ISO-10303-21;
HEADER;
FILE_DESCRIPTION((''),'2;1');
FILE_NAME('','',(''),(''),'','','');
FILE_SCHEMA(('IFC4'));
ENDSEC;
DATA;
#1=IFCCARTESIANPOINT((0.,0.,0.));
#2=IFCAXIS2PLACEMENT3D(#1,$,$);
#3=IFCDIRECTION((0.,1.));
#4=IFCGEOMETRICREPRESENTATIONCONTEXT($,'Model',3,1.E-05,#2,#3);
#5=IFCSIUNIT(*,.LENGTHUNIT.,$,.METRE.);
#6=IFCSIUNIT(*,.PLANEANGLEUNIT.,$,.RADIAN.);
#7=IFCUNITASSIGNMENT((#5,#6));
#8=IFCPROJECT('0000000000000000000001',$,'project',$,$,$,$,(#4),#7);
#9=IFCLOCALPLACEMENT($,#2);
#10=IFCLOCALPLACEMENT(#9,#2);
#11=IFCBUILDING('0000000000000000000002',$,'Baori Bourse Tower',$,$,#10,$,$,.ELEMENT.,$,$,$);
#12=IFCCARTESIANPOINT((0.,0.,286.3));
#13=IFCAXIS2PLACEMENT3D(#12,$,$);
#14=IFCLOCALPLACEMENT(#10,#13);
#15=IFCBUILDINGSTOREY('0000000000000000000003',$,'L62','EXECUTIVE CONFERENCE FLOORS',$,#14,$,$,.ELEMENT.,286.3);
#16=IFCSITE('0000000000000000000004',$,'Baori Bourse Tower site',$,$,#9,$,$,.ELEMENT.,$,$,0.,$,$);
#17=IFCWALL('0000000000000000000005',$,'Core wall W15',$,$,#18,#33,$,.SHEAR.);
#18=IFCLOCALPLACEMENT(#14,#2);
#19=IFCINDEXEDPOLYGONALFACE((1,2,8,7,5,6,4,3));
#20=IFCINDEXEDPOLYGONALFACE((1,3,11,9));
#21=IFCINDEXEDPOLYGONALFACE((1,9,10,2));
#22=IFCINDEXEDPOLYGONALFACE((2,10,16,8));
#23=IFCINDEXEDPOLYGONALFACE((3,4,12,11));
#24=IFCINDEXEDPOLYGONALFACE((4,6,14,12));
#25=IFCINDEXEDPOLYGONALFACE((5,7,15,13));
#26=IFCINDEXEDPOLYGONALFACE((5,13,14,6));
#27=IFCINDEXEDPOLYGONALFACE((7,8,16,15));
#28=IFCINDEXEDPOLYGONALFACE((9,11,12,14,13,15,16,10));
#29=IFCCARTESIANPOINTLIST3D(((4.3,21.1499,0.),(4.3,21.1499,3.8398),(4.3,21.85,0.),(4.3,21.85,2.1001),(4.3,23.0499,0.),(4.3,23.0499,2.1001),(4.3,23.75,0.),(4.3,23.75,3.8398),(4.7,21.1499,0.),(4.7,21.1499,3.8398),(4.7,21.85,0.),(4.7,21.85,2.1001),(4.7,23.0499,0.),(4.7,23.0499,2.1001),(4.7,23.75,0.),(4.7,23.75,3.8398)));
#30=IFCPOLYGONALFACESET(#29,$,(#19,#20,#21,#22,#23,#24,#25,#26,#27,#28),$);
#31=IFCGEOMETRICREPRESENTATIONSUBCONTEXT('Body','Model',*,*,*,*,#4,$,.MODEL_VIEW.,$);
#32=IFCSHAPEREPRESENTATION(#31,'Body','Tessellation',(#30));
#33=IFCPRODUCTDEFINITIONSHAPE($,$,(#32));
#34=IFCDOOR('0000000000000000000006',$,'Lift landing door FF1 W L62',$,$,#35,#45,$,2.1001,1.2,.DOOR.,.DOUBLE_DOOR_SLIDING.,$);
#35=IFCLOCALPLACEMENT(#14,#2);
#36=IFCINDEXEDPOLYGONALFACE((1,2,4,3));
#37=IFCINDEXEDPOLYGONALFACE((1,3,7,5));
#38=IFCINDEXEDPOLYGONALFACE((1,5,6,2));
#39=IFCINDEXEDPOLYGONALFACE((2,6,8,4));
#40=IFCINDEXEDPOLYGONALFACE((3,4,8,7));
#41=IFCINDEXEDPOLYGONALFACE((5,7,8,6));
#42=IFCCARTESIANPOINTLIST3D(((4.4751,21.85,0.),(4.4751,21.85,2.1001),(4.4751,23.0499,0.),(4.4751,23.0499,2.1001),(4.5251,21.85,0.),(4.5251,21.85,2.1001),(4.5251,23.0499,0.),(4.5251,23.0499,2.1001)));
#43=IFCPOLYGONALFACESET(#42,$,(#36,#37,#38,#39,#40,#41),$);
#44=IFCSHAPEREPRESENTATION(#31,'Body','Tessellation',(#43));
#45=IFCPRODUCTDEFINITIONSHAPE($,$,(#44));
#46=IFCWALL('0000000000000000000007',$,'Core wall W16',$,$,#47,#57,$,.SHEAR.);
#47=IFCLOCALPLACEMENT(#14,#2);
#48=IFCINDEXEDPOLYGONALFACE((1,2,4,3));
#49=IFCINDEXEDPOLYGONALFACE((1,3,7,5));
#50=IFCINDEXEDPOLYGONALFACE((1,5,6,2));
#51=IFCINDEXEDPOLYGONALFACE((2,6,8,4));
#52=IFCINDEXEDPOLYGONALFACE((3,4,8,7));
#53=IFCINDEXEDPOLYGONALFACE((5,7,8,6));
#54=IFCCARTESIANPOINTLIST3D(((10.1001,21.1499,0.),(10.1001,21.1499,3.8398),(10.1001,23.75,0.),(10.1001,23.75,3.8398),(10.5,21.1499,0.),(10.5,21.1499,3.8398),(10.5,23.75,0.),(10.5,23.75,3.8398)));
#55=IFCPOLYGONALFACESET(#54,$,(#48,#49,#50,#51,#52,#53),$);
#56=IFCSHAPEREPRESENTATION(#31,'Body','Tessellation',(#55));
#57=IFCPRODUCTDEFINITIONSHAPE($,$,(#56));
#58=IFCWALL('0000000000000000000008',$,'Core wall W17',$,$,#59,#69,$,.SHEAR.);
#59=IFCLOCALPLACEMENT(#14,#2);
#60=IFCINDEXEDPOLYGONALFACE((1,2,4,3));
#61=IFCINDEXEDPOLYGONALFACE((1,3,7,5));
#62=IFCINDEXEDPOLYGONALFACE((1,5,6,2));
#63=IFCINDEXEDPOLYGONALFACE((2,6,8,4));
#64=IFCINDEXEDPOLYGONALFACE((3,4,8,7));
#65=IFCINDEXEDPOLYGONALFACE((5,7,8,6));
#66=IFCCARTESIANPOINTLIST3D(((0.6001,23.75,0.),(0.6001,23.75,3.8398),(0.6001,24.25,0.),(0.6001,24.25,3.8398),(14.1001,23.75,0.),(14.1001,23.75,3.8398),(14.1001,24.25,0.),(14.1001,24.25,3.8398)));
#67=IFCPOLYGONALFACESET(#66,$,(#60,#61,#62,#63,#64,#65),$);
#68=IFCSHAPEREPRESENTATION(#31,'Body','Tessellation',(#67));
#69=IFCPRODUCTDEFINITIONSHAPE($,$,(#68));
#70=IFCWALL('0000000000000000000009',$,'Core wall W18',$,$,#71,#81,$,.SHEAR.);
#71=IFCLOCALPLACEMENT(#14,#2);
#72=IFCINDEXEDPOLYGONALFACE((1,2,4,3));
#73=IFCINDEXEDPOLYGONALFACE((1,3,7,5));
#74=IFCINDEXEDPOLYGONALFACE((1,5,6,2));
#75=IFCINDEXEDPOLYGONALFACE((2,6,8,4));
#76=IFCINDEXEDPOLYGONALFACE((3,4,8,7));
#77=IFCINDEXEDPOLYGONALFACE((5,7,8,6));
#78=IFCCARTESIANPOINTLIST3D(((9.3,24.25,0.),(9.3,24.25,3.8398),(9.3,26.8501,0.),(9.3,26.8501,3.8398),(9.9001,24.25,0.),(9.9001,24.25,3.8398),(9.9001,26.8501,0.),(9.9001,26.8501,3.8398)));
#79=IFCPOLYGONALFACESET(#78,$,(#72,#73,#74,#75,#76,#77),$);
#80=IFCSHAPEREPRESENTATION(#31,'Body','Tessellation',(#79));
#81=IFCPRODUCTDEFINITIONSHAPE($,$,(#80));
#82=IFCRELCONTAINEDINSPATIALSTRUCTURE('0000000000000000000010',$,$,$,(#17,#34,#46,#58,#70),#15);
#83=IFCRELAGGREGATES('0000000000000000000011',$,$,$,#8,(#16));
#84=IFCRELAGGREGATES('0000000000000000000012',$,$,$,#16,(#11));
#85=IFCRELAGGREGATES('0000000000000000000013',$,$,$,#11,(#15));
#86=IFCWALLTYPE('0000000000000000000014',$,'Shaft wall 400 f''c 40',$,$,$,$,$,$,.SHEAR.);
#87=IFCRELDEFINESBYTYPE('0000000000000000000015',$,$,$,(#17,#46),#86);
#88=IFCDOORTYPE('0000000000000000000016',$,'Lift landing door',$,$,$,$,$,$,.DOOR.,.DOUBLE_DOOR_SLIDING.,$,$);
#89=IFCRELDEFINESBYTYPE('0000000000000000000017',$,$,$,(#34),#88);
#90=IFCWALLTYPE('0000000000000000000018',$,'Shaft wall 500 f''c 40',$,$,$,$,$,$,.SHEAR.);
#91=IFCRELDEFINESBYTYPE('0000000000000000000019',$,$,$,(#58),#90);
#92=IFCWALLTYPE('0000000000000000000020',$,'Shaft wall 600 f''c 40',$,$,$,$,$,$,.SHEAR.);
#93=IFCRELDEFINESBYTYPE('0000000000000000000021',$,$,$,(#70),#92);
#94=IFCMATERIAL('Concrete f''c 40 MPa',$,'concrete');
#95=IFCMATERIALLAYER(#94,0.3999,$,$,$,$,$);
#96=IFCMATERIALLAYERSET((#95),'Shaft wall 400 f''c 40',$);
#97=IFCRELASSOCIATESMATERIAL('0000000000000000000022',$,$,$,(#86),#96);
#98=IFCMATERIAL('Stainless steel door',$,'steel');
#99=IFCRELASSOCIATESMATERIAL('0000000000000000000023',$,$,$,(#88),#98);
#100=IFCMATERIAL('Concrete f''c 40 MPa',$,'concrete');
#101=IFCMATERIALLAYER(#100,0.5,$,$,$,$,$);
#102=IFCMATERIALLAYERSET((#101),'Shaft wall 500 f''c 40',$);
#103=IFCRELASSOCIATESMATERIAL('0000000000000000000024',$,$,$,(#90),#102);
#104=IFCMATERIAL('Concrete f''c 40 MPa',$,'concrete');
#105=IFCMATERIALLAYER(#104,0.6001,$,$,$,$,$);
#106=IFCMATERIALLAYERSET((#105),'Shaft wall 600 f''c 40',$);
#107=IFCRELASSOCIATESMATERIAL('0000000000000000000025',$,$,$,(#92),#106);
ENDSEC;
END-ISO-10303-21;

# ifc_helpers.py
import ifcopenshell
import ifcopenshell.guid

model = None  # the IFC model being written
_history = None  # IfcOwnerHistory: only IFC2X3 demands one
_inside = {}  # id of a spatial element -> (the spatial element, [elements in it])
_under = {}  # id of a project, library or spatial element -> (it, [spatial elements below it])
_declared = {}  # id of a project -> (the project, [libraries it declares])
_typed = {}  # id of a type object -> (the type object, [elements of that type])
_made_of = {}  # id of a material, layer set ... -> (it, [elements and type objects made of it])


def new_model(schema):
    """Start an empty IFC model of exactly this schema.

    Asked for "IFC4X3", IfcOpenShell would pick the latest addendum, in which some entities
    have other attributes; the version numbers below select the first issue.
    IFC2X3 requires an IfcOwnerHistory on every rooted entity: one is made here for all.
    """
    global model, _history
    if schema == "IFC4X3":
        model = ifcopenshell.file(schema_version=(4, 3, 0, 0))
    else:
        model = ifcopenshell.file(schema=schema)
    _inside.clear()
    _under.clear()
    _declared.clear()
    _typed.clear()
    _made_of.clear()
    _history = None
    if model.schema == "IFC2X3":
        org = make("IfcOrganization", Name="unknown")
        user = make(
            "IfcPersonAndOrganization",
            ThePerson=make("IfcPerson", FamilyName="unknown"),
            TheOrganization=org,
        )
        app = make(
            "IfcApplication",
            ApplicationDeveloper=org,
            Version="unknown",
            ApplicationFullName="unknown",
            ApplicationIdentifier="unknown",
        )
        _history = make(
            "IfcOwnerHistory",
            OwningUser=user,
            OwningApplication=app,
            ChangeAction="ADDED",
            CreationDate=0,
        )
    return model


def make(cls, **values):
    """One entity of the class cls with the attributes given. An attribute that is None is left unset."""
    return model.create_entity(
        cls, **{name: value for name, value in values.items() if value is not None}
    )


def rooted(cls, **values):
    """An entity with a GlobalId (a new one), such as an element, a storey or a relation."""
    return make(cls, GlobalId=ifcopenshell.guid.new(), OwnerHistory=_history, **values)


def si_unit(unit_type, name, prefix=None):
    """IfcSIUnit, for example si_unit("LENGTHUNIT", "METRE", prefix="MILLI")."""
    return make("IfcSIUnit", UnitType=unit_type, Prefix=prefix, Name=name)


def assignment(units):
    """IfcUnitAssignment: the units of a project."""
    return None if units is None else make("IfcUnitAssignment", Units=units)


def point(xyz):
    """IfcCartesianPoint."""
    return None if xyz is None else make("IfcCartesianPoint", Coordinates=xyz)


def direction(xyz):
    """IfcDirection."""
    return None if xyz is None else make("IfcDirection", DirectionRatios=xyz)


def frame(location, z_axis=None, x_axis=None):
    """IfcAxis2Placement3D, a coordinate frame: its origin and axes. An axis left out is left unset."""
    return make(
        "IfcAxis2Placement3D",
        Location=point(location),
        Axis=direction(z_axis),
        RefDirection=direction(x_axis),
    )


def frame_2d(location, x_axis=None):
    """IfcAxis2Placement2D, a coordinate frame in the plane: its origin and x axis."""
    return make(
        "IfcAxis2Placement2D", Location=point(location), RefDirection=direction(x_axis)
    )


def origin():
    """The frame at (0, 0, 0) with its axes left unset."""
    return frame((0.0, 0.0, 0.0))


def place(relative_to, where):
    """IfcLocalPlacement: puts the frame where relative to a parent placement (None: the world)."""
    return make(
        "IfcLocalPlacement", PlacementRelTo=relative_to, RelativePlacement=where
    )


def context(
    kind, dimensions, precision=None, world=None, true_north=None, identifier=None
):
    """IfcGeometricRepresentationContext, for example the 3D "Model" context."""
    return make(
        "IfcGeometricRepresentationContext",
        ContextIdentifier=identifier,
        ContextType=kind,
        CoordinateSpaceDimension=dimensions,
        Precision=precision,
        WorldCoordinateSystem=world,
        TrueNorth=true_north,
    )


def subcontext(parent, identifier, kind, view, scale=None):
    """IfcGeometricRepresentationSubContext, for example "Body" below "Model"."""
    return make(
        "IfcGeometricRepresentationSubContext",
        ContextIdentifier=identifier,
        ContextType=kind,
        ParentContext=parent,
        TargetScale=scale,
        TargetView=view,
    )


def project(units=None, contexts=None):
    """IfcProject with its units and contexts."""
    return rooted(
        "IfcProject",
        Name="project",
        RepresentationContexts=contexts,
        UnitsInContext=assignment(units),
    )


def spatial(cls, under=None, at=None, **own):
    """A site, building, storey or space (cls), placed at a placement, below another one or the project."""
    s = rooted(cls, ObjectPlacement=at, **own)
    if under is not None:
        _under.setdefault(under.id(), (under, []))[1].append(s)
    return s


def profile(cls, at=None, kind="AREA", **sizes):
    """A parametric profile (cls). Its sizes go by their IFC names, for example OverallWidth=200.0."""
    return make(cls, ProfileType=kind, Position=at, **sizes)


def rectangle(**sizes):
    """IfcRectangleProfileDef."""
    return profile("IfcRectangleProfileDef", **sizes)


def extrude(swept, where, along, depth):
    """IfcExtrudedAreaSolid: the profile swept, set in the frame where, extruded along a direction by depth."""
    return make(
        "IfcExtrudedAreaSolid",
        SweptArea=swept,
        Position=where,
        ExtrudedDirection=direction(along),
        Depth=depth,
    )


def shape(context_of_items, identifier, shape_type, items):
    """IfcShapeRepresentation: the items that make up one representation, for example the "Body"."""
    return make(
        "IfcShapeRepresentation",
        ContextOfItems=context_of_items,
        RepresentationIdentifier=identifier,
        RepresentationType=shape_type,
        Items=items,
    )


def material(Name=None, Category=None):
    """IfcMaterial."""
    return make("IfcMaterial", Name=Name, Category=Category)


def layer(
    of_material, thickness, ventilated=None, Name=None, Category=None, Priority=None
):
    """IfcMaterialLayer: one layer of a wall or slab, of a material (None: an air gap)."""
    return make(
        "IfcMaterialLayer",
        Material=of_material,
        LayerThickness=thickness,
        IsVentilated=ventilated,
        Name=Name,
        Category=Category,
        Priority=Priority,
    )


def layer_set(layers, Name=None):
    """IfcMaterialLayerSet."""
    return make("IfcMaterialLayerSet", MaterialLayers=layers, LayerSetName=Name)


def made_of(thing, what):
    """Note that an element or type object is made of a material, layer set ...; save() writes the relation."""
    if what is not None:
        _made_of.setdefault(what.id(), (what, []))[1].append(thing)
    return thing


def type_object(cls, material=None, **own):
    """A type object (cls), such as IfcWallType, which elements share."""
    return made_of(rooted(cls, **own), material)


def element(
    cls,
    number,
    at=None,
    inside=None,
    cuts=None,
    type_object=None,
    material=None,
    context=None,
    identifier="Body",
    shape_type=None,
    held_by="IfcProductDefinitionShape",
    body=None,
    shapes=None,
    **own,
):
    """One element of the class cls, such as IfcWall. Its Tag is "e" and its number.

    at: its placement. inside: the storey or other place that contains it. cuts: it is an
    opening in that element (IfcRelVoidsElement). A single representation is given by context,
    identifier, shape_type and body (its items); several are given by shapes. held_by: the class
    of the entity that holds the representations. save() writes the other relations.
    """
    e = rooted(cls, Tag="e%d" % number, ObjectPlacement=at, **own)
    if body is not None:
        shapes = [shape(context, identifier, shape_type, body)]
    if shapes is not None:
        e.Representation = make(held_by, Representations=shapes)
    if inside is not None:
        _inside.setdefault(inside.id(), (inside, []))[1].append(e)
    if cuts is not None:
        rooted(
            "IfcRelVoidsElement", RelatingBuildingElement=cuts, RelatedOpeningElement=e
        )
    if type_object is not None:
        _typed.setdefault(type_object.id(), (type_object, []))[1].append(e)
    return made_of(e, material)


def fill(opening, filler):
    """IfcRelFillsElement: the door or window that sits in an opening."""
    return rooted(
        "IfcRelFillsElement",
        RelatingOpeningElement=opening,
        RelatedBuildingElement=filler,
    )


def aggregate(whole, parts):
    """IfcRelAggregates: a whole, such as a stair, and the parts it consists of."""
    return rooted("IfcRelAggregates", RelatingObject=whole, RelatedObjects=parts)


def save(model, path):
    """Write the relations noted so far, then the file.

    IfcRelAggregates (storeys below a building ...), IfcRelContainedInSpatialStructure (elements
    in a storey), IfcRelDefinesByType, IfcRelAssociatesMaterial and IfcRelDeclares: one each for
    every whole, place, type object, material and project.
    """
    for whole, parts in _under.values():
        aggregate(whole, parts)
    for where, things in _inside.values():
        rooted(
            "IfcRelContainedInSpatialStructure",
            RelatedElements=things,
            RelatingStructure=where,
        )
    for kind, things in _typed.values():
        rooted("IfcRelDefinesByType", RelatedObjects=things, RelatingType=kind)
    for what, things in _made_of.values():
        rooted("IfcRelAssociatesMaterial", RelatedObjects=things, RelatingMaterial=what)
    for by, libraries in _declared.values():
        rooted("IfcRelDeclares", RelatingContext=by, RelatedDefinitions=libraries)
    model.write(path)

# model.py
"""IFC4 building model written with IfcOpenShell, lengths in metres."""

from ifc_helpers import new_model, si_unit, direction, frame, frame_2d, origin, place, context, subcontext, project, spatial, rectangle, extrude, material, layer, layer_set, type_object, element, fill, save


model = new_model("IFC4")

# Units and contexts
model_context = context("Model", 3, precision=1e-05, world=origin(), true_north=direction((0.0, 1.0)))
body_context = subcontext(model_context, "Body", "Model", "MODEL_VIEW")
ifc_project = project(units=[si_unit("LENGTHUNIT", "METRE"), si_unit("PLANEANGLEUNIT", "RADIAN")], contexts=[model_context])

# Site, building, storey
site_placement = place(None, origin())
site = spatial("IfcSite", under=ifc_project, at=site_placement, Name="Baori Bourse Tower site", CompositionType="ELEMENT", RefElevation=0.0)
building_placement = place(site_placement, origin())
building = spatial("IfcBuilding", under=site, at=building_placement, Name="Baori Bourse Tower", CompositionType="ELEMENT")
storey_placement = place(building_placement, frame((0.0, 0.0, 286.3)))
storey = spatial("IfcBuildingStorey", under=building, at=storey_placement, Name="L62", Description="EXECUTIVE CONFERENCE FLOORS", CompositionType="ELEMENT", Elevation=286.3)

# Shared definitions
ifc_material_1 = material(Name="Concrete f'c 40 MPa", Category="concrete")
ifc_layer_1 = layer(ifc_material_1, 0.3999)
ifc_layer_set_1 = layer_set([ifc_layer_1], Name="Shaft wall 400 f'c 40")
wall_type_1 = type_object("IfcWallType", Name="Shaft wall 400 f'c 40", PredefinedType="SHEAR", material=ifc_layer_set_1)

# Wall, opening, door
wall_1_placement = place(storey_placement, frame((4.5, 21.1499, 0.0), z_axis=(0.0, 0.0, 1.0), x_axis=(0.0, 1.0, 0.0)))
wall_1 = element("IfcWall", 1, at=wall_1_placement, inside=storey, type_object=wall_type_1, Name="Core wall W15", PredefinedType="SHEAR", context=body_context, shape_type="SweptSolid", body=[
    extrude(rectangle(XDim=2.6001, YDim=0.3999, at=frame_2d((1.3, 0.0))), origin(), (0.0, 0.0, 1.0), 3.8398),
])
opening_1_placement = place(wall_1_placement, frame((0.7, 0.0, 0.0)))
opening_1 = element("IfcOpeningElement", 2, at=opening_1_placement, cuts=wall_1, PredefinedType="OPENING", context=body_context, shape_type="SweptSolid", body=[
    extrude(rectangle(XDim=1.2, YDim=2.1001, at=frame_2d((0.6001, 1.05))), frame((0.0, 0.21, 0.0), z_axis=(0.0, -1.0, 0.0), x_axis=(1.0, 0.0, 0.0)), (0.0, 0.0, 1.0), 0.4199),
])
ifc_material_2 = material(Name="Stainless steel door", Category="steel")
door_type_1 = type_object("IfcDoorType", Name="Lift landing door", OperationType="DOUBLE_DOOR_SLIDING", PredefinedType="DOOR", material=ifc_material_2)
door_1_placement = place(opening_1_placement, origin())
door_1 = element("IfcDoor", 3, at=door_1_placement, inside=storey, type_object=door_type_1, Name="Lift landing door FF1 W L62", OperationType="DOUBLE_DOOR_SLIDING", OverallHeight=2.1001, OverallWidth=1.2, PredefinedType="DOOR", context=body_context, shape_type="SweptSolid", body=[
    extrude(rectangle(XDim=1.2, YDim=2.1001, at=frame_2d((0.6001, 1.05))), frame((0.0, 0.0249, 0.0), z_axis=(0.0, -1.0, 0.0), x_axis=(1.0, 0.0, 0.0)), (0.0, 0.0, 1.0), 0.05),
])
fill(opening_1, door_1)

# Walls
wall_2_placement = place(storey_placement, frame((10.3, 21.1499, 0.0), z_axis=(0.0, 0.0, 1.0), x_axis=(0.0, 1.0, 0.0)))
element("IfcWall", 4, at=wall_2_placement, inside=storey, type_object=wall_type_1, Name="Core wall W16", PredefinedType="SHEAR", context=body_context, shape_type="SweptSolid", body=[
    extrude(rectangle(XDim=2.6001, YDim=0.3999, at=frame_2d((1.3, 0.0))), origin(), (0.0, 0.0, 1.0), 3.8398),
])
ifc_material_3 = material(Name="Concrete f'c 40 MPa", Category="concrete")
ifc_layer_2 = layer(ifc_material_3, 0.5)
ifc_layer_set_2 = layer_set([ifc_layer_2], Name="Shaft wall 500 f'c 40")
wall_type_2 = type_object("IfcWallType", Name="Shaft wall 500 f'c 40", PredefinedType="SHEAR", material=ifc_layer_set_2)
wall_3_placement = place(storey_placement, frame((0.6001, 24.0, 0.0), z_axis=(0.0, 0.0, 1.0), x_axis=(1.0, 0.0, 0.0)))
element("IfcWall", 5, at=wall_3_placement, inside=storey, type_object=wall_type_2, Name="Core wall W17", PredefinedType="SHEAR", context=body_context, shape_type="SweptSolid", body=[
    extrude(rectangle(XDim=13.5, YDim=0.5, at=frame_2d((6.75, 0.0))), origin(), (0.0, 0.0, 1.0), 3.8398),
])
ifc_material_4 = material(Name="Concrete f'c 40 MPa", Category="concrete")
ifc_layer_3 = layer(ifc_material_4, 0.6001)
ifc_layer_set_3 = layer_set([ifc_layer_3], Name="Shaft wall 600 f'c 40")
wall_type_3 = type_object("IfcWallType", Name="Shaft wall 600 f'c 40", PredefinedType="SHEAR", material=ifc_layer_set_3)
wall_4_placement = place(storey_placement, frame((9.6001, 24.25, 0.0), z_axis=(0.0, 0.0, 1.0), x_axis=(0.0, 1.0, 0.0)))
element("IfcWall", 6, at=wall_4_placement, inside=storey, type_object=wall_type_3, Name="Core wall W18", PredefinedType="SHEAR", context=body_context, shape_type="SweptSolid", body=[
    extrude(rectangle(XDim=2.6001, YDim=0.6001, at=frame_2d((1.3, 0.0))), origin(), (0.0, 0.0, 1.0), 3.8398),
])

save(model, "model.ifc")
